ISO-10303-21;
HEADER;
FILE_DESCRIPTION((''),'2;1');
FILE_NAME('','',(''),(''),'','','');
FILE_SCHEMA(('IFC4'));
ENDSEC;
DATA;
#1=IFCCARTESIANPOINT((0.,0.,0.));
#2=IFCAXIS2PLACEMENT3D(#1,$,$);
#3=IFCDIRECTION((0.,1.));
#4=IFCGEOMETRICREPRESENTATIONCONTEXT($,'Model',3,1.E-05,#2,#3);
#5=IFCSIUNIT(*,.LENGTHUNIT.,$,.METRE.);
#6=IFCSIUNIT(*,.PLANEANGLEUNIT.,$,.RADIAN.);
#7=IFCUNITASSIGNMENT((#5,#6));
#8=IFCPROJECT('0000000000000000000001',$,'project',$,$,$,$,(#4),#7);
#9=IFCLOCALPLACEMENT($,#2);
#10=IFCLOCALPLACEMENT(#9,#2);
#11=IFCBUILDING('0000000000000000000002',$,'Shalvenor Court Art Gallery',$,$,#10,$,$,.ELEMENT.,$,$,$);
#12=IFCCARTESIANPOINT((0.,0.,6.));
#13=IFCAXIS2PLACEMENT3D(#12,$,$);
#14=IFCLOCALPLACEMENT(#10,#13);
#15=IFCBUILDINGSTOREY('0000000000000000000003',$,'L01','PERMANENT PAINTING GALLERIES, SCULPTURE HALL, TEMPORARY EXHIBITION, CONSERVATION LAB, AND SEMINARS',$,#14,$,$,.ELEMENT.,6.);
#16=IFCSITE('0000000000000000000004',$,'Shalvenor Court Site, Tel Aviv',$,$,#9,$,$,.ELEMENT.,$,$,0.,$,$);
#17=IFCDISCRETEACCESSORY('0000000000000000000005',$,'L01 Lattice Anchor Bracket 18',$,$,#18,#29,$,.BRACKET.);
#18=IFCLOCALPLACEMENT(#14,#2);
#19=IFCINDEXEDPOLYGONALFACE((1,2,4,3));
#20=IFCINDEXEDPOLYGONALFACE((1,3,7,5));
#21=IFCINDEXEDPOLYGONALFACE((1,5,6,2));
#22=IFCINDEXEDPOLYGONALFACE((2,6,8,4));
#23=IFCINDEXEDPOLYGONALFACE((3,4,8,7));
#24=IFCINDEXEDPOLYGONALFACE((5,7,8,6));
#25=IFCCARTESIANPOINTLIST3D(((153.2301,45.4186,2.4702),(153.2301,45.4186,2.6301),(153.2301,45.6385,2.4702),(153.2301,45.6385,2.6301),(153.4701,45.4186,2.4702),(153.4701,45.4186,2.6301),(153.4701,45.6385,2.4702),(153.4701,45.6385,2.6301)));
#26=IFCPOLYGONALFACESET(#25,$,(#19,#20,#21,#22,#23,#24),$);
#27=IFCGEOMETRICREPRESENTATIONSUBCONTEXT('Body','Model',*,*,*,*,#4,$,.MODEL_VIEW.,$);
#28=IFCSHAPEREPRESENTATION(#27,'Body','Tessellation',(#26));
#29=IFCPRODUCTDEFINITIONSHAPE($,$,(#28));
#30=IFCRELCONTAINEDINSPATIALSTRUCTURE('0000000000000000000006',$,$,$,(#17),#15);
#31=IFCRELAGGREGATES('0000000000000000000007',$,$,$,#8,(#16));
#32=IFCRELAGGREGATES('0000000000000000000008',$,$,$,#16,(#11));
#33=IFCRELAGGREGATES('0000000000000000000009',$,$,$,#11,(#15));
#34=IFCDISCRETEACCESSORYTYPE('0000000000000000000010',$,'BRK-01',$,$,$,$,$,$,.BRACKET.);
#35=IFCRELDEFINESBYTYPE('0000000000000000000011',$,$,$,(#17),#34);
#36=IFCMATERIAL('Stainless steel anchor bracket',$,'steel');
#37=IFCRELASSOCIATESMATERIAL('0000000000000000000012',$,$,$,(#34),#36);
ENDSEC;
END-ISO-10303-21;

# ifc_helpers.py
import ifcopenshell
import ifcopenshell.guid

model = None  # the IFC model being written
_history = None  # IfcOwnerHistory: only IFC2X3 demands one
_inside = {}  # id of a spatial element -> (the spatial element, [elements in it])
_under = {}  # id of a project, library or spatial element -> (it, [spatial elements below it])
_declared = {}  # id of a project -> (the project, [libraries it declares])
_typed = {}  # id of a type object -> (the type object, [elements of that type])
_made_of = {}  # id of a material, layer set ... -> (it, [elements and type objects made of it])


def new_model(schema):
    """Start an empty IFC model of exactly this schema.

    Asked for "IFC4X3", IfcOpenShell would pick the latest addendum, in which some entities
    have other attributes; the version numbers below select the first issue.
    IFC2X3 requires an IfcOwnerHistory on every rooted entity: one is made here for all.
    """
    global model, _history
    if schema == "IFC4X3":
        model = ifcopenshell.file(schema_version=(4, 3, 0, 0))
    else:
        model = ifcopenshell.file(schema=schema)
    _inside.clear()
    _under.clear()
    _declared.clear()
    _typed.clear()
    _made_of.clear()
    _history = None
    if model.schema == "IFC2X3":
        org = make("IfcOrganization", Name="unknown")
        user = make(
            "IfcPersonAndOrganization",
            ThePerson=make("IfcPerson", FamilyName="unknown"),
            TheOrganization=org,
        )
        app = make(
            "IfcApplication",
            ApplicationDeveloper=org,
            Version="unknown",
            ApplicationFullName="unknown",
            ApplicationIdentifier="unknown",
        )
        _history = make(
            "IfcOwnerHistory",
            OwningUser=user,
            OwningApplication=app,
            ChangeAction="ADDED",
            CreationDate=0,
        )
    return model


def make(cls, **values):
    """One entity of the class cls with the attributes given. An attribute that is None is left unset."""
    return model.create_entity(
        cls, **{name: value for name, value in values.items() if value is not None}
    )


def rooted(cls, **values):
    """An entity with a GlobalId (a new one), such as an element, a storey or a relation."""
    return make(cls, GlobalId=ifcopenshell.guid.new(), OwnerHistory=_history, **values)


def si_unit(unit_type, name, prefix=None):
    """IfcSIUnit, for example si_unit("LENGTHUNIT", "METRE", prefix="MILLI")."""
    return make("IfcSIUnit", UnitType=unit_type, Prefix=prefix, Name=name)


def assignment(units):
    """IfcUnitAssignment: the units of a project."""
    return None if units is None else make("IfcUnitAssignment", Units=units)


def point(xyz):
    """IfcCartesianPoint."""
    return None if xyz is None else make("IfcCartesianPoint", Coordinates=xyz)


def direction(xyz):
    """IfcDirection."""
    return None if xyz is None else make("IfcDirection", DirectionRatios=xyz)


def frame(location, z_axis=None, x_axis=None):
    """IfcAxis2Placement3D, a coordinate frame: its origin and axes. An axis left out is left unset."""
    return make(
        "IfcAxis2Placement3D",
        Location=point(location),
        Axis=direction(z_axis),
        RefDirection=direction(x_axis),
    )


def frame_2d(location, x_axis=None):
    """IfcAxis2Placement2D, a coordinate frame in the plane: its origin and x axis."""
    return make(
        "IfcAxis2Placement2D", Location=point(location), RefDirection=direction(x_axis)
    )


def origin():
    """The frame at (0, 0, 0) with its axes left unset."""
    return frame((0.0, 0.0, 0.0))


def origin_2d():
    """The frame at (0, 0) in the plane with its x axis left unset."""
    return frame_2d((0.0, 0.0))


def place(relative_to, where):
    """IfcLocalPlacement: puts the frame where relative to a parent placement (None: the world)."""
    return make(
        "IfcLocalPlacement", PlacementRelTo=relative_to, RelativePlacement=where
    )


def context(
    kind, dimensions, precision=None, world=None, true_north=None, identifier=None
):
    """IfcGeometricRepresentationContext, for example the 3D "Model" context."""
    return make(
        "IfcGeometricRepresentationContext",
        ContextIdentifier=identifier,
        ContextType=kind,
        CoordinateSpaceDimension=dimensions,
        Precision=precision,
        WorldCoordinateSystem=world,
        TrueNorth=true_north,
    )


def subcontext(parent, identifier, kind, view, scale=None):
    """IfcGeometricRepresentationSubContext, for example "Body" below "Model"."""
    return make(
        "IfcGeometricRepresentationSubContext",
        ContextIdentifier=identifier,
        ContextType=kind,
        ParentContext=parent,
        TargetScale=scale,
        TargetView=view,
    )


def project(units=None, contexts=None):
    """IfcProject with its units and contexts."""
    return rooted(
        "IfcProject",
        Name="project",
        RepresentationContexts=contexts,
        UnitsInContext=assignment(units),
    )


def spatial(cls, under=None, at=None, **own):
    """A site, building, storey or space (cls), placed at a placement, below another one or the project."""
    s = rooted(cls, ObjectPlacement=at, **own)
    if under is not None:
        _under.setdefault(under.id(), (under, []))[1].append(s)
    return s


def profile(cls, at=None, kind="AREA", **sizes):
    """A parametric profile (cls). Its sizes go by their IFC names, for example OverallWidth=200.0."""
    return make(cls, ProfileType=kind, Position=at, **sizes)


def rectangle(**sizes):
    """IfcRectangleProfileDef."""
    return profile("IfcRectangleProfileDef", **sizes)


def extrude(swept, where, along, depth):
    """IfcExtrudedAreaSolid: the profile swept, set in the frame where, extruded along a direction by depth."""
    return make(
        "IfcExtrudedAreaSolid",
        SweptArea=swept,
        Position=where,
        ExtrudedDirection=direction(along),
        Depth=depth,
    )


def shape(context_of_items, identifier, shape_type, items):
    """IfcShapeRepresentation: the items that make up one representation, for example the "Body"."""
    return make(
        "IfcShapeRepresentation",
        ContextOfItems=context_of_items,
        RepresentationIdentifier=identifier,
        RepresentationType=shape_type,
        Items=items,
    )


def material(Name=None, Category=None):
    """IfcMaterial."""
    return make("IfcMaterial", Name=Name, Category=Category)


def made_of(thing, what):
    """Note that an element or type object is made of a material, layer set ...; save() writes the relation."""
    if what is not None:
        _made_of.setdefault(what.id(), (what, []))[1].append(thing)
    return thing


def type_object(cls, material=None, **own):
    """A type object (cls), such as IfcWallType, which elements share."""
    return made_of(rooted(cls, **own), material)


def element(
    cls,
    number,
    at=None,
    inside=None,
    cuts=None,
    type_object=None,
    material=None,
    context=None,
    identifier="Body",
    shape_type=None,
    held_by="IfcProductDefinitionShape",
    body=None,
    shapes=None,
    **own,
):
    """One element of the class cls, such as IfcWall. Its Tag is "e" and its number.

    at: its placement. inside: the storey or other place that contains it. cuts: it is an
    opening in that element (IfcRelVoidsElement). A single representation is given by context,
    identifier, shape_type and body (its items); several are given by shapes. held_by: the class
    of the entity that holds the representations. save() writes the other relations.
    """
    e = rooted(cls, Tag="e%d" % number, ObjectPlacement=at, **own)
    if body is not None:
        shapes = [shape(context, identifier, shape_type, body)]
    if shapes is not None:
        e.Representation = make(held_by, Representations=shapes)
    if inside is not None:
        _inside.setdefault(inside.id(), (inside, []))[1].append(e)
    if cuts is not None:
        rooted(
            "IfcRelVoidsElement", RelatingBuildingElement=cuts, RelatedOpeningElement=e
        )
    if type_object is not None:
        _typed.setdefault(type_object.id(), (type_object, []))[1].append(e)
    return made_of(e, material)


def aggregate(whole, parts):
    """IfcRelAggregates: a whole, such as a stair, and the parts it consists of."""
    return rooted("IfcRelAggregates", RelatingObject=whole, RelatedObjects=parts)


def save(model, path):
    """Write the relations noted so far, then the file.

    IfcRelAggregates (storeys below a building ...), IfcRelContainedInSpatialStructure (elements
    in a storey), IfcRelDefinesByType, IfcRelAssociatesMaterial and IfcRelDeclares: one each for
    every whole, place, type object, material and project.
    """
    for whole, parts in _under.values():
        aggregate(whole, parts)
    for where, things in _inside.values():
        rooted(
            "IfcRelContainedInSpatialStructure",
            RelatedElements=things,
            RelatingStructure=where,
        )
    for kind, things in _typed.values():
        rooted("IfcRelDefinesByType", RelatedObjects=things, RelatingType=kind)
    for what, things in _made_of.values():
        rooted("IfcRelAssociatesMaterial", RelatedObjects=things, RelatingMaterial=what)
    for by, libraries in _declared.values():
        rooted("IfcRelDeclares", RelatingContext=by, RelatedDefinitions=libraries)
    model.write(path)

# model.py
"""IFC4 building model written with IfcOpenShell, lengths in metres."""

from ifc_helpers import new_model, si_unit, direction, frame, origin, origin_2d, place, context, subcontext, project, spatial, rectangle, extrude, material, type_object, element, save


model = new_model("IFC4")

# Units and contexts
model_context = context("Model", 3, precision=1e-05, world=origin(), true_north=direction((0.0, 1.0)))
body_context = subcontext(model_context, "Body", "Model", "MODEL_VIEW")
ifc_project = project(units=[si_unit("LENGTHUNIT", "METRE"), si_unit("PLANEANGLEUNIT", "RADIAN")], contexts=[model_context])

# Site, building, storey
site_placement = place(None, origin())
site = spatial("IfcSite", under=ifc_project, at=site_placement, Name="Shalvenor Court Site, Tel Aviv", CompositionType="ELEMENT", RefElevation=0.0)
building_placement = place(site_placement, origin())
building = spatial("IfcBuilding", under=site, at=building_placement, Name="Shalvenor Court Art Gallery", CompositionType="ELEMENT")
storey_placement = place(building_placement, frame((0.0, 0.0, 6.0)))
storey = spatial("IfcBuildingStorey", under=building, at=storey_placement, Name="L01", Description="PERMANENT PAINTING GALLERIES, SCULPTURE HALL, TEMPORARY EXHIBITION, CONSERVATION LAB, AND SEMINARS", CompositionType="ELEMENT", Elevation=6.0)

# Discrete accessory
ifc_material_1 = material(Name="Stainless steel anchor bracket", Category="steel")
discrete_accessory_type = type_object("IfcDiscreteAccessoryType", Name="BRK-01", PredefinedType="BRACKET", material=ifc_material_1)
for number, where, z_axis, x_axis, name in (
    (1, (153.3501, 45.5286, 2.4702), (0.0, 0.0, 1.0), (-1.0, 0.0, 0.0), "L01 Lattice Anchor Bracket 18"),
):
    element("IfcDiscreteAccessory", number, at=place(storey_placement, frame(where, z_axis=z_axis, x_axis=x_axis)), inside=storey, type_object=discrete_accessory_type, Name=name, PredefinedType="BRACKET", context=body_context, shape_type="SweptSolid", body=[
        extrude(rectangle(XDim=0.24, YDim=0.22, at=origin_2d()), origin(), (0.0, 0.0, 1.0), 0.1599),
    ])

save(model, "model.ifc")
